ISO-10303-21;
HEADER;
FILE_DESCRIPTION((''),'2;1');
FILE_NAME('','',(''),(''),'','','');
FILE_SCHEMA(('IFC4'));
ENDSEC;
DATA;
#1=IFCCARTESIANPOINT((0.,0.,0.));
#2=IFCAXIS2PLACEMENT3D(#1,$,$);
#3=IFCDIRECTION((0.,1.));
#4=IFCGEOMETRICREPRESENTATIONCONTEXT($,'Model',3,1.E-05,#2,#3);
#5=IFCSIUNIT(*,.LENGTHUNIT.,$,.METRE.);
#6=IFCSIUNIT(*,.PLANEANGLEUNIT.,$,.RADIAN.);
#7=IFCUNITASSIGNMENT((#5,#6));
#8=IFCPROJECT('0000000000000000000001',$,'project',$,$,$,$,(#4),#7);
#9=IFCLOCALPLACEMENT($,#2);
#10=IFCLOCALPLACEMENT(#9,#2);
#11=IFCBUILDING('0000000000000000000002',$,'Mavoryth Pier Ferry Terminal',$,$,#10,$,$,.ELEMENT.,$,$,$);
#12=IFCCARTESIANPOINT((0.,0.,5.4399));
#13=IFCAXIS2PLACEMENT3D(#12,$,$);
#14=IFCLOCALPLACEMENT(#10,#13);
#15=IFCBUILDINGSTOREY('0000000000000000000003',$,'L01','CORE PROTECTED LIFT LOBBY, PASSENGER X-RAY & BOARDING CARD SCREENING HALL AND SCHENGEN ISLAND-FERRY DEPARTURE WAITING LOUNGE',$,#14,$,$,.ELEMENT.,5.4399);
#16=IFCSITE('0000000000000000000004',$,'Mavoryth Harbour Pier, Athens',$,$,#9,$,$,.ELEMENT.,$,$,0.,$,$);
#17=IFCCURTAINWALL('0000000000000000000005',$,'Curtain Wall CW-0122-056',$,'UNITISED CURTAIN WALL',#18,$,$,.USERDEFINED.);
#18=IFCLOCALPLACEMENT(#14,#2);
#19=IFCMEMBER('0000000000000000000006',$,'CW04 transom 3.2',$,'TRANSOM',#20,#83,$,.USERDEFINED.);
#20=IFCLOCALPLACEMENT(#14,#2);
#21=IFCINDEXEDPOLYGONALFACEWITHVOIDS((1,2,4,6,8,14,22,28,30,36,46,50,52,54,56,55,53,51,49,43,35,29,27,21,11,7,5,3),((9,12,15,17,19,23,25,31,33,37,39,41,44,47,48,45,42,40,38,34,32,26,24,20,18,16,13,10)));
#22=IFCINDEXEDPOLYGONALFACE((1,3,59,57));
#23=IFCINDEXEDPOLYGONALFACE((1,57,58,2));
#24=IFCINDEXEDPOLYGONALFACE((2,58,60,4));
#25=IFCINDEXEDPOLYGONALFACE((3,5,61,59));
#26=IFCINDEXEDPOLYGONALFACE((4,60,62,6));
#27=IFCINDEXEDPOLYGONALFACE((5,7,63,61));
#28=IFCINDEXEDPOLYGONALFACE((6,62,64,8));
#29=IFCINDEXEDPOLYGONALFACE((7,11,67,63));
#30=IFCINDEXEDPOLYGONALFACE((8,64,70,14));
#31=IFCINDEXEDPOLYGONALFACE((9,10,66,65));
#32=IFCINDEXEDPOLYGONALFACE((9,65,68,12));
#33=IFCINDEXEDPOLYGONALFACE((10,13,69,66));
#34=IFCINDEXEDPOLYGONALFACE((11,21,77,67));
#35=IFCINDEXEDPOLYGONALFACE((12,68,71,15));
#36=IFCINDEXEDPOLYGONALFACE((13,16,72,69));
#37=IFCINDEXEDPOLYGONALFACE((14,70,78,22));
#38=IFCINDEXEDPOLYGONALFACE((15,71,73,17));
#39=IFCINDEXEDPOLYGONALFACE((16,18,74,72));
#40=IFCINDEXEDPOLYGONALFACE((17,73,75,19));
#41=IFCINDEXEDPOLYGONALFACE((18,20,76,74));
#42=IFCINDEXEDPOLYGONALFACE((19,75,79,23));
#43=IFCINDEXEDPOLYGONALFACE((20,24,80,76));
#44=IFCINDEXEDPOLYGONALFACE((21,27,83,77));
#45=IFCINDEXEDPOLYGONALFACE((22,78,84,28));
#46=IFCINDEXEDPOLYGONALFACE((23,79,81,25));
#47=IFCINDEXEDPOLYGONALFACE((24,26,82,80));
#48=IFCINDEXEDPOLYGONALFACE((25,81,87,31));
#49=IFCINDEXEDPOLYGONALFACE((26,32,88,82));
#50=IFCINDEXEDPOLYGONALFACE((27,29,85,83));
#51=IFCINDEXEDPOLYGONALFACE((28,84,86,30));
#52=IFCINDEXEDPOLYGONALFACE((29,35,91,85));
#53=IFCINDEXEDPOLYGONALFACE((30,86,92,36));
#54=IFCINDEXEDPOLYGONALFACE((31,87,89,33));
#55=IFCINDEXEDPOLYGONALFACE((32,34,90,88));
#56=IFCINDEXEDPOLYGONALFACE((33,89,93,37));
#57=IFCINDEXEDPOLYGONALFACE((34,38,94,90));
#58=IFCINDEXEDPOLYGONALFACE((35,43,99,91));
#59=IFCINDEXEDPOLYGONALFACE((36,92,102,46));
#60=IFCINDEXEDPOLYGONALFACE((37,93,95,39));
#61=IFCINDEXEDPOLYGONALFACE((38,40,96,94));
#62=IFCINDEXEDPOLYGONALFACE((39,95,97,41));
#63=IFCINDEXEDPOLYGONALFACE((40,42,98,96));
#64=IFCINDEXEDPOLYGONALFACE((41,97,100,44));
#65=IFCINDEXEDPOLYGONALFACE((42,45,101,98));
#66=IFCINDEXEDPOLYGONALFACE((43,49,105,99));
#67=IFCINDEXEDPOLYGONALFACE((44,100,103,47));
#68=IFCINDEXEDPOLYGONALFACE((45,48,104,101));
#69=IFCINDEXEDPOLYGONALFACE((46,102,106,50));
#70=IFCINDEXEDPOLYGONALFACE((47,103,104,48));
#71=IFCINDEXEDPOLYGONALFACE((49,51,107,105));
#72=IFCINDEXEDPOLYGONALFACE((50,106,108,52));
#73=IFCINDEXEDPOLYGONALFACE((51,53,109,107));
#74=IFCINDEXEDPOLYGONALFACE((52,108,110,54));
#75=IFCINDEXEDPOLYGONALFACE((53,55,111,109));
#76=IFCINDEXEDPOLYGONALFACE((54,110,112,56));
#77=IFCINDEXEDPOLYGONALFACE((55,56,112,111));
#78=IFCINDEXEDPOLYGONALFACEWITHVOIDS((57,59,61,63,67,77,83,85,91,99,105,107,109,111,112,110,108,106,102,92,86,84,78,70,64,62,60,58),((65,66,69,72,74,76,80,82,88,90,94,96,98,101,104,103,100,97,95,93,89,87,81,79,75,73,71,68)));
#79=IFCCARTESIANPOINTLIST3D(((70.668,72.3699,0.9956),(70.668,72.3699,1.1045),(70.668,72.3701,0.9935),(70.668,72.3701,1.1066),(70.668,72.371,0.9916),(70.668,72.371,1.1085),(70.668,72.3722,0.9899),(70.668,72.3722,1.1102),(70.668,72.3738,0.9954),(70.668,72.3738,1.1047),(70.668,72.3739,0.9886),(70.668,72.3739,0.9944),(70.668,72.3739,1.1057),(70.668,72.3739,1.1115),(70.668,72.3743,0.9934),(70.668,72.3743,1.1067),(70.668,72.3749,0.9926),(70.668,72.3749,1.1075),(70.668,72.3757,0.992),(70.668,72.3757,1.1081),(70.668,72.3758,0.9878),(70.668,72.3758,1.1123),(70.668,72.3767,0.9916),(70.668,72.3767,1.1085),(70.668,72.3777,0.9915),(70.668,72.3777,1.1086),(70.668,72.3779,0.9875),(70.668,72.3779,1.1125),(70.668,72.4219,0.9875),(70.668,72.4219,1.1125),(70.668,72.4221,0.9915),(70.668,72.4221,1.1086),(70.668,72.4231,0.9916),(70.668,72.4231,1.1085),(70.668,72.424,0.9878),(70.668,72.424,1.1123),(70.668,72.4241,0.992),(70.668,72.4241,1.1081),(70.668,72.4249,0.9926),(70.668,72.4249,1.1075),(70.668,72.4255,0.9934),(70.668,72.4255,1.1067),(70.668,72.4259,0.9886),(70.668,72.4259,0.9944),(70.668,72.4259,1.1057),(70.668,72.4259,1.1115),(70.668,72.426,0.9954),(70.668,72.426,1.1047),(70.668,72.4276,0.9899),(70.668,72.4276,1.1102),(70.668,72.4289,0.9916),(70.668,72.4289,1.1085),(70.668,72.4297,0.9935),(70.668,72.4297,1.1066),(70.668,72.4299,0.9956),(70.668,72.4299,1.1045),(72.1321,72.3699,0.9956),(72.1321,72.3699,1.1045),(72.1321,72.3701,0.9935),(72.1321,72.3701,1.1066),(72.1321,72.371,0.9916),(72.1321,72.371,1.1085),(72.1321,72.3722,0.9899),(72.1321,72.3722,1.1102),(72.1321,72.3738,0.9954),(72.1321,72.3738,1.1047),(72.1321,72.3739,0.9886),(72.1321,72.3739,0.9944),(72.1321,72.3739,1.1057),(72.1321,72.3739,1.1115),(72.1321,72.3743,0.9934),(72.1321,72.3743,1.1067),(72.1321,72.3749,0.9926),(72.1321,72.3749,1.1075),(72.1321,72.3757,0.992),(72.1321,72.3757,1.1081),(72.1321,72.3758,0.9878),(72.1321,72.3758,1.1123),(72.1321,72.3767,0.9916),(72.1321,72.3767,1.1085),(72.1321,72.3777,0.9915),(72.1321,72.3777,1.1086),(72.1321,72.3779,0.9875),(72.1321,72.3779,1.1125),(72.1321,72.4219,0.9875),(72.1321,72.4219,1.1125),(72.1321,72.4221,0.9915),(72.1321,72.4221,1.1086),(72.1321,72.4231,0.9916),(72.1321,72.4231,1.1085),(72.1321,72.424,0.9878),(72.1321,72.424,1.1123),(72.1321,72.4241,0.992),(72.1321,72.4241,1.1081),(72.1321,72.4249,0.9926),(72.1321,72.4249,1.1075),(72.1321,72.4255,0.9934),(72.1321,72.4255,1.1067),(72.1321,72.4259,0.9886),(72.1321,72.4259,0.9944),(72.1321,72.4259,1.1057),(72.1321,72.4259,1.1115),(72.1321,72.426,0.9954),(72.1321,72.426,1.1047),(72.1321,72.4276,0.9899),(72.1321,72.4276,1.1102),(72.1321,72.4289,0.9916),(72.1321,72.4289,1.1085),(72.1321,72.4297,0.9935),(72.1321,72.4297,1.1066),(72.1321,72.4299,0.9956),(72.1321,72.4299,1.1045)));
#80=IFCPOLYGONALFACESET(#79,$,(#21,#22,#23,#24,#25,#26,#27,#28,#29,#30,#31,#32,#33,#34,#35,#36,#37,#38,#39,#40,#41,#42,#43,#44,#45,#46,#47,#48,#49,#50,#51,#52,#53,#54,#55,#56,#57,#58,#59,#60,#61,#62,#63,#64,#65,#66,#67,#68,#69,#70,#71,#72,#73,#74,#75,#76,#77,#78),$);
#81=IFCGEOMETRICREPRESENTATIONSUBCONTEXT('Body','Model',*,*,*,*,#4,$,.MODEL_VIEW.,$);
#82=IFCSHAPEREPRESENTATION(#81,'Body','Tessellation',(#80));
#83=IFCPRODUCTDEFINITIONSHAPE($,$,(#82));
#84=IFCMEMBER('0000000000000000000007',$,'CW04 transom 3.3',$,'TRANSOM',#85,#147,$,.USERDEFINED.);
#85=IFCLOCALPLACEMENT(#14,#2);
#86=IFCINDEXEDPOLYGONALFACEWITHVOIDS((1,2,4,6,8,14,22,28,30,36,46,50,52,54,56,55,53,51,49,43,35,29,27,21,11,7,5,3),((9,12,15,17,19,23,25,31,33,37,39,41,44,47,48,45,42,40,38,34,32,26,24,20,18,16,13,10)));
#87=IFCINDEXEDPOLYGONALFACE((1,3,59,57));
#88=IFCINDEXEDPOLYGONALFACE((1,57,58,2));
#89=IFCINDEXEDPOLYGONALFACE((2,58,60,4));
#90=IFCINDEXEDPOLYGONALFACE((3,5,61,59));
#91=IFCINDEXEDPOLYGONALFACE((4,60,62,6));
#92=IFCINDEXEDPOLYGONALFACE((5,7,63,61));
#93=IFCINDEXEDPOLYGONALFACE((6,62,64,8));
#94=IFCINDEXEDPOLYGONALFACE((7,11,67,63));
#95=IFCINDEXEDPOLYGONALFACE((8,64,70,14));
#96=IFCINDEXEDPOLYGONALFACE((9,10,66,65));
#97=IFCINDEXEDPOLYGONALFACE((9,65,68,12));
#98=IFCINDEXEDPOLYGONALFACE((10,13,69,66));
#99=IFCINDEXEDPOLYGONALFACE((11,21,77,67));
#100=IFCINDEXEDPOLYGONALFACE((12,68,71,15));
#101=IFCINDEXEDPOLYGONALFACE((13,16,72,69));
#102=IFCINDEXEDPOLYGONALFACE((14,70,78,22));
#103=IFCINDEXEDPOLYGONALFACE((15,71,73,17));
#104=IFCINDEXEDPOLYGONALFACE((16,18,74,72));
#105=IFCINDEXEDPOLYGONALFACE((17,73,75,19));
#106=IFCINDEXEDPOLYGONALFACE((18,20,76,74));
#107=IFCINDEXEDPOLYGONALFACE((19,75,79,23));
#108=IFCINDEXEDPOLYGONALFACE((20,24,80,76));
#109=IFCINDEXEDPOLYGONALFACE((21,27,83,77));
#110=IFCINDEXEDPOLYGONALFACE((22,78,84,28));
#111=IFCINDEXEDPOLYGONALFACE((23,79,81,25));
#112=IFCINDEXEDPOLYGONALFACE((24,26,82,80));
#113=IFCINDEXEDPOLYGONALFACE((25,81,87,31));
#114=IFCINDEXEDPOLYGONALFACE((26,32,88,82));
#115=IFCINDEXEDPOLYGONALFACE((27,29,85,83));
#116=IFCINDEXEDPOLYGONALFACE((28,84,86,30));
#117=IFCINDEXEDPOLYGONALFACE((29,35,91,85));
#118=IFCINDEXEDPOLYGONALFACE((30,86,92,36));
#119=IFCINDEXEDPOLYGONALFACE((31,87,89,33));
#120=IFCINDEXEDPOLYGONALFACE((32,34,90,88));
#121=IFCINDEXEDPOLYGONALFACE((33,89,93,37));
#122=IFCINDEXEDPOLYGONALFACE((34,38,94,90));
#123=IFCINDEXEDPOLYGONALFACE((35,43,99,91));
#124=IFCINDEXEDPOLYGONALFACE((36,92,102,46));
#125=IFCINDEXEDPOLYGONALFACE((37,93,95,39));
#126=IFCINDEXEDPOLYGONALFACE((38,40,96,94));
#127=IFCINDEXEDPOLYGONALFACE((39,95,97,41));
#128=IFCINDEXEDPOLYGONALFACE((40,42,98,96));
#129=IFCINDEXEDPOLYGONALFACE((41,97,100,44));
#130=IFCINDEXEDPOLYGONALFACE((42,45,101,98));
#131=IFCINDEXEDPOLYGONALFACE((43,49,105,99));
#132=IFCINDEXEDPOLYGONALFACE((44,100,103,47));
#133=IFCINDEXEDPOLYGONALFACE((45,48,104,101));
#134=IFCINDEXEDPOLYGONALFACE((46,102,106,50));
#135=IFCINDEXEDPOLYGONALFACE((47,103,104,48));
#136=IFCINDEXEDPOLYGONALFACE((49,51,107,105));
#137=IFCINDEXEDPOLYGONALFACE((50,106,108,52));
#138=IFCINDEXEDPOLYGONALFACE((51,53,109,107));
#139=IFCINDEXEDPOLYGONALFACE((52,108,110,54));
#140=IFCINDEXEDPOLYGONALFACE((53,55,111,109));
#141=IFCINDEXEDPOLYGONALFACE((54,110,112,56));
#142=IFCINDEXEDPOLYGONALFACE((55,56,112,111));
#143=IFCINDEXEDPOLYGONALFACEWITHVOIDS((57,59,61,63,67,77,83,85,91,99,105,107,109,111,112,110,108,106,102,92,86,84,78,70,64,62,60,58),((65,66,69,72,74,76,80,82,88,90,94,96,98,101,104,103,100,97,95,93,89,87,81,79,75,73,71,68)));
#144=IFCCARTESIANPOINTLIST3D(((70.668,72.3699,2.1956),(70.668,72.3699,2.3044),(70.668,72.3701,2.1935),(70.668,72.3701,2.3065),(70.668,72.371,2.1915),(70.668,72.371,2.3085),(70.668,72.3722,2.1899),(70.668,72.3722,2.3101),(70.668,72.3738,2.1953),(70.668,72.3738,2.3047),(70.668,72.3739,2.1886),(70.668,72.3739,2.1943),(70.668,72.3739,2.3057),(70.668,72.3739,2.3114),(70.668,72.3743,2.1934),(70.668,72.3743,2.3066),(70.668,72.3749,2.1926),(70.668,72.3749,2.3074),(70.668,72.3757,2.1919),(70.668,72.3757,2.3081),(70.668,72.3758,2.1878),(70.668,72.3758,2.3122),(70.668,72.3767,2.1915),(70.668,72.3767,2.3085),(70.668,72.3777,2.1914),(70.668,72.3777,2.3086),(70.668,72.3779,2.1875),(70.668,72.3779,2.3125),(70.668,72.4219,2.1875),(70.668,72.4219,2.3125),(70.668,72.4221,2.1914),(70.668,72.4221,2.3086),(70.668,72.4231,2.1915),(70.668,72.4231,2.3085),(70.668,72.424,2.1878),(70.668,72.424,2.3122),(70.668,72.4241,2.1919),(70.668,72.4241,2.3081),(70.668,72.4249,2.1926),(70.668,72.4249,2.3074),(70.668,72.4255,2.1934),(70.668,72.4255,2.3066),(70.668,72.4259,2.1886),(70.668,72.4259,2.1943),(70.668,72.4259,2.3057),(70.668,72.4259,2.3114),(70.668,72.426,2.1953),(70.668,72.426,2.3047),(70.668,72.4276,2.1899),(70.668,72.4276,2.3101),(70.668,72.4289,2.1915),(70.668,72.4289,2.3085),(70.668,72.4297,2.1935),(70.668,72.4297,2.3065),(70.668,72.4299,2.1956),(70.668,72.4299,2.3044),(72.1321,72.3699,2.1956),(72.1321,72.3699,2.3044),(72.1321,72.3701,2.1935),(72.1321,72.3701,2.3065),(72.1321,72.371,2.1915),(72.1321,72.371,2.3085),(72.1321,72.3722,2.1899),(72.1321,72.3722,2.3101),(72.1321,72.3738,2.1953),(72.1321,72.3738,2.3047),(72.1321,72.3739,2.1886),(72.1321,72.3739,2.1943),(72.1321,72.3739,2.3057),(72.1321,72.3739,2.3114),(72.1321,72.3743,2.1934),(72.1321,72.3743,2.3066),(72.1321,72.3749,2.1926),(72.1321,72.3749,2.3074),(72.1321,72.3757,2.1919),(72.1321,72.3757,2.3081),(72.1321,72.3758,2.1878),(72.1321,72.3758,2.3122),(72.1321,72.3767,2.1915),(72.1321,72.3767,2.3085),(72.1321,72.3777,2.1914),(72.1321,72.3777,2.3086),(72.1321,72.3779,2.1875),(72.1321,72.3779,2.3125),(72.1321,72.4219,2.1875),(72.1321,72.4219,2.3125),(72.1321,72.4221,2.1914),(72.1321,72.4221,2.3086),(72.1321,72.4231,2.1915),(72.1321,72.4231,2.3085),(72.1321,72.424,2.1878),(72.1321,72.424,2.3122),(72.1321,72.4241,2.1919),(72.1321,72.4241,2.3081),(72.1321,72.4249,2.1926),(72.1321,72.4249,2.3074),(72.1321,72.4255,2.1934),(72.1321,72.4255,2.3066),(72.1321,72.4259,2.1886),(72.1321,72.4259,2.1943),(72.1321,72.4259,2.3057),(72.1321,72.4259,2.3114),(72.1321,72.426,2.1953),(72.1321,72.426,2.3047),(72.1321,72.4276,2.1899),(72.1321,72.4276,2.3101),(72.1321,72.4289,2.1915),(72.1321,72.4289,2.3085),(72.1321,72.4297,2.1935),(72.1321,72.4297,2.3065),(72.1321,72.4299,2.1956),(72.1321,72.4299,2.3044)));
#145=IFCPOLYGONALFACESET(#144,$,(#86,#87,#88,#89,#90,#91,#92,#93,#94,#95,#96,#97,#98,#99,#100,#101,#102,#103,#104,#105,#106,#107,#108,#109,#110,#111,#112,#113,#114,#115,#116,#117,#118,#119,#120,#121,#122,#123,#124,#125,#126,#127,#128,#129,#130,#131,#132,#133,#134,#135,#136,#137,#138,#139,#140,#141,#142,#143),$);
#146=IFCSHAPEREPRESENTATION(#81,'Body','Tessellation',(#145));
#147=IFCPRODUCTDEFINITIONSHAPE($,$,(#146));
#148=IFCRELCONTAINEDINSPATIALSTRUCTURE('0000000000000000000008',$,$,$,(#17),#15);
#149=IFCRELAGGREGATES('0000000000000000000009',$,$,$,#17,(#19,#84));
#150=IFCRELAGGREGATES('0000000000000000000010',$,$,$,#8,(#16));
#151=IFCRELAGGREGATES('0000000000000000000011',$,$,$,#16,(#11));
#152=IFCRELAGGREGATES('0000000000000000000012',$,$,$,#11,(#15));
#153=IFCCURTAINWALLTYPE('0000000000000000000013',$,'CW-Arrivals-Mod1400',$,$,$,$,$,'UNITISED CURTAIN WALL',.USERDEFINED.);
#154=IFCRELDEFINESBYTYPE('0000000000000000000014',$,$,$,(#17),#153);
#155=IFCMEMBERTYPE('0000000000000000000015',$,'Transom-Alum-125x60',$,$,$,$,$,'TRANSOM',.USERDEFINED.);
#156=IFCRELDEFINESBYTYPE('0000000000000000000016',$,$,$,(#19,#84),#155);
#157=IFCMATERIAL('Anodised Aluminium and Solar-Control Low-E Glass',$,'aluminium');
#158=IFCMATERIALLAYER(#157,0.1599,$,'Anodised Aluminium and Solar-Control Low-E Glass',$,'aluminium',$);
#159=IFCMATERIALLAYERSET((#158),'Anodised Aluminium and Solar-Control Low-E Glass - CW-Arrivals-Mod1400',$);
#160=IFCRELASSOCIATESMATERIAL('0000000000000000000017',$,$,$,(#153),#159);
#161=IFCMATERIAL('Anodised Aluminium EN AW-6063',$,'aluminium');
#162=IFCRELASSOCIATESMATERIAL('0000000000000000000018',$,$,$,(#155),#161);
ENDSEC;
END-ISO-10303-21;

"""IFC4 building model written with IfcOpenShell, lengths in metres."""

from ifc_helpers import new_model, si_unit, direction, frame, origin, origin_2d, place, context, subcontext, project, spatial, hollow_rectangle, extrude, material, layer, layer_set, material_profile, profile_set, type_object, element, aggregate, save


model = new_model("IFC4")

# Units and contexts
model_context = context("Model", 3, precision=1e-05, world=origin(), true_north=direction((0.0, 1.0)))
body_context = subcontext(model_context, "Body", "Model", "MODEL_VIEW")
ifc_project = project(units=[si_unit("LENGTHUNIT", "METRE"), si_unit("PLANEANGLEUNIT", "RADIAN")], contexts=[model_context])

# Site, building, storey
site_placement = place(None, origin())
site = spatial("IfcSite", under=ifc_project, at=site_placement, Name="Mavoryth Harbour Pier, Athens", CompositionType="ELEMENT", RefElevation=0.0)
building_placement = place(site_placement, origin())
building = spatial("IfcBuilding", under=site, at=building_placement, Name="Mavoryth Pier Ferry Terminal", CompositionType="ELEMENT")
storey_placement = place(building_placement, frame((0.0, 0.0, 5.4399)))
storey = spatial("IfcBuildingStorey", under=building, at=storey_placement, Name="L01", Description="CORE PROTECTED LIFT LOBBY, PASSENGER X-RAY & BOARDING CARD SCREENING HALL AND SCHENGEN ISLAND-FERRY DEPARTURE WAITING LOUNGE", CompositionType="ELEMENT", Elevation=5.4399)

# Curtain wall, members
ifc_material_1 = material(Name="Anodised Aluminium and Solar-Control Low-E Glass", Category="aluminium")
ifc_layer_1 = layer(ifc_material_1, 0.1599, Name="Anodised Aluminium and Solar-Control Low-E Glass", Category="aluminium")
ifc_layer_set_1 = layer_set([ifc_layer_1], Name="Anodised Aluminium and Solar-Control Low-E Glass - CW-Arrivals-Mod1400")
curtain_wall_type = type_object("IfcCurtainWallType", Name="CW-Arrivals-Mod1400", ElementType="UNITISED CURTAIN WALL", PredefinedType="USERDEFINED", material=ifc_layer_set_1)
curtain_wall_placement = place(storey_placement, origin())
curtain_wall = element("IfcCurtainWall", 1, at=curtain_wall_placement, inside=storey, type_object=curtain_wall_type, Name="Curtain Wall CW-0122-056", ObjectType="UNITISED CURTAIN WALL", PredefinedType="USERDEFINED")
ifc_material_2 = material(Name="Anodised Aluminium EN AW-6063", Category="aluminium")
ifc_material_profile_1 = material_profile(ifc_material_2, hollow_rectangle(XDim=0.0601, YDim=0.125, WallThickness=0.0039, InnerFilletRadius=0.0039, OuterFilletRadius=0.0081, at=origin_2d()), Name="AL-TRAN 125x60x4", Category="aluminium")
ifc_profile_set_1 = profile_set([ifc_material_profile_1], Name="Anodised Aluminium EN AW-6063 - AL-TRAN 125x60x4")
member_type_1 = type_object("IfcMemberType", Name="Transom-Alum-125x60", ElementType="TRANSOM", PredefinedType="USERDEFINED", material=ifc_profile_set_1)
member_1_placement = place(storey_placement, frame((70.668, 72.3999, 1.05), z_axis=(1.0, 0.0, 0.0), x_axis=(0.0, 1.0, 0.0)))
member_1 = element("IfcMember", 2, at=member_1_placement, type_object=member_type_1, Name="CW04 transom 3.2", ObjectType="TRANSOM", PredefinedType="USERDEFINED", context=body_context, shape_type="SweptSolid", body=[
    extrude(hollow_rectangle(XDim=0.0601, YDim=0.125, WallThickness=0.0039, InnerFilletRadius=0.0039, OuterFilletRadius=0.0081, at=origin_2d()), origin(), (0.0, 0.0, 1.0), 1.4641),
])
member_2_placement = place(storey_placement, frame((70.668, 72.3999, 2.25), z_axis=(1.0, 0.0, 0.0), x_axis=(0.0, 1.0, 0.0)))
member_2 = element("IfcMember", 3, at=member_2_placement, type_object=member_type_1, Name="CW04 transom 3.3", ObjectType="TRANSOM", PredefinedType="USERDEFINED", context=body_context, shape_type="SweptSolid", body=[
    extrude(hollow_rectangle(XDim=0.0601, YDim=0.125, WallThickness=0.0039, InnerFilletRadius=0.0039, OuterFilletRadius=0.0081, at=origin_2d()), origin(), (0.0, 0.0, 1.0), 1.4641),
])
aggregate(curtain_wall, [member_1, member_2])

save(model, "model.ifc")
